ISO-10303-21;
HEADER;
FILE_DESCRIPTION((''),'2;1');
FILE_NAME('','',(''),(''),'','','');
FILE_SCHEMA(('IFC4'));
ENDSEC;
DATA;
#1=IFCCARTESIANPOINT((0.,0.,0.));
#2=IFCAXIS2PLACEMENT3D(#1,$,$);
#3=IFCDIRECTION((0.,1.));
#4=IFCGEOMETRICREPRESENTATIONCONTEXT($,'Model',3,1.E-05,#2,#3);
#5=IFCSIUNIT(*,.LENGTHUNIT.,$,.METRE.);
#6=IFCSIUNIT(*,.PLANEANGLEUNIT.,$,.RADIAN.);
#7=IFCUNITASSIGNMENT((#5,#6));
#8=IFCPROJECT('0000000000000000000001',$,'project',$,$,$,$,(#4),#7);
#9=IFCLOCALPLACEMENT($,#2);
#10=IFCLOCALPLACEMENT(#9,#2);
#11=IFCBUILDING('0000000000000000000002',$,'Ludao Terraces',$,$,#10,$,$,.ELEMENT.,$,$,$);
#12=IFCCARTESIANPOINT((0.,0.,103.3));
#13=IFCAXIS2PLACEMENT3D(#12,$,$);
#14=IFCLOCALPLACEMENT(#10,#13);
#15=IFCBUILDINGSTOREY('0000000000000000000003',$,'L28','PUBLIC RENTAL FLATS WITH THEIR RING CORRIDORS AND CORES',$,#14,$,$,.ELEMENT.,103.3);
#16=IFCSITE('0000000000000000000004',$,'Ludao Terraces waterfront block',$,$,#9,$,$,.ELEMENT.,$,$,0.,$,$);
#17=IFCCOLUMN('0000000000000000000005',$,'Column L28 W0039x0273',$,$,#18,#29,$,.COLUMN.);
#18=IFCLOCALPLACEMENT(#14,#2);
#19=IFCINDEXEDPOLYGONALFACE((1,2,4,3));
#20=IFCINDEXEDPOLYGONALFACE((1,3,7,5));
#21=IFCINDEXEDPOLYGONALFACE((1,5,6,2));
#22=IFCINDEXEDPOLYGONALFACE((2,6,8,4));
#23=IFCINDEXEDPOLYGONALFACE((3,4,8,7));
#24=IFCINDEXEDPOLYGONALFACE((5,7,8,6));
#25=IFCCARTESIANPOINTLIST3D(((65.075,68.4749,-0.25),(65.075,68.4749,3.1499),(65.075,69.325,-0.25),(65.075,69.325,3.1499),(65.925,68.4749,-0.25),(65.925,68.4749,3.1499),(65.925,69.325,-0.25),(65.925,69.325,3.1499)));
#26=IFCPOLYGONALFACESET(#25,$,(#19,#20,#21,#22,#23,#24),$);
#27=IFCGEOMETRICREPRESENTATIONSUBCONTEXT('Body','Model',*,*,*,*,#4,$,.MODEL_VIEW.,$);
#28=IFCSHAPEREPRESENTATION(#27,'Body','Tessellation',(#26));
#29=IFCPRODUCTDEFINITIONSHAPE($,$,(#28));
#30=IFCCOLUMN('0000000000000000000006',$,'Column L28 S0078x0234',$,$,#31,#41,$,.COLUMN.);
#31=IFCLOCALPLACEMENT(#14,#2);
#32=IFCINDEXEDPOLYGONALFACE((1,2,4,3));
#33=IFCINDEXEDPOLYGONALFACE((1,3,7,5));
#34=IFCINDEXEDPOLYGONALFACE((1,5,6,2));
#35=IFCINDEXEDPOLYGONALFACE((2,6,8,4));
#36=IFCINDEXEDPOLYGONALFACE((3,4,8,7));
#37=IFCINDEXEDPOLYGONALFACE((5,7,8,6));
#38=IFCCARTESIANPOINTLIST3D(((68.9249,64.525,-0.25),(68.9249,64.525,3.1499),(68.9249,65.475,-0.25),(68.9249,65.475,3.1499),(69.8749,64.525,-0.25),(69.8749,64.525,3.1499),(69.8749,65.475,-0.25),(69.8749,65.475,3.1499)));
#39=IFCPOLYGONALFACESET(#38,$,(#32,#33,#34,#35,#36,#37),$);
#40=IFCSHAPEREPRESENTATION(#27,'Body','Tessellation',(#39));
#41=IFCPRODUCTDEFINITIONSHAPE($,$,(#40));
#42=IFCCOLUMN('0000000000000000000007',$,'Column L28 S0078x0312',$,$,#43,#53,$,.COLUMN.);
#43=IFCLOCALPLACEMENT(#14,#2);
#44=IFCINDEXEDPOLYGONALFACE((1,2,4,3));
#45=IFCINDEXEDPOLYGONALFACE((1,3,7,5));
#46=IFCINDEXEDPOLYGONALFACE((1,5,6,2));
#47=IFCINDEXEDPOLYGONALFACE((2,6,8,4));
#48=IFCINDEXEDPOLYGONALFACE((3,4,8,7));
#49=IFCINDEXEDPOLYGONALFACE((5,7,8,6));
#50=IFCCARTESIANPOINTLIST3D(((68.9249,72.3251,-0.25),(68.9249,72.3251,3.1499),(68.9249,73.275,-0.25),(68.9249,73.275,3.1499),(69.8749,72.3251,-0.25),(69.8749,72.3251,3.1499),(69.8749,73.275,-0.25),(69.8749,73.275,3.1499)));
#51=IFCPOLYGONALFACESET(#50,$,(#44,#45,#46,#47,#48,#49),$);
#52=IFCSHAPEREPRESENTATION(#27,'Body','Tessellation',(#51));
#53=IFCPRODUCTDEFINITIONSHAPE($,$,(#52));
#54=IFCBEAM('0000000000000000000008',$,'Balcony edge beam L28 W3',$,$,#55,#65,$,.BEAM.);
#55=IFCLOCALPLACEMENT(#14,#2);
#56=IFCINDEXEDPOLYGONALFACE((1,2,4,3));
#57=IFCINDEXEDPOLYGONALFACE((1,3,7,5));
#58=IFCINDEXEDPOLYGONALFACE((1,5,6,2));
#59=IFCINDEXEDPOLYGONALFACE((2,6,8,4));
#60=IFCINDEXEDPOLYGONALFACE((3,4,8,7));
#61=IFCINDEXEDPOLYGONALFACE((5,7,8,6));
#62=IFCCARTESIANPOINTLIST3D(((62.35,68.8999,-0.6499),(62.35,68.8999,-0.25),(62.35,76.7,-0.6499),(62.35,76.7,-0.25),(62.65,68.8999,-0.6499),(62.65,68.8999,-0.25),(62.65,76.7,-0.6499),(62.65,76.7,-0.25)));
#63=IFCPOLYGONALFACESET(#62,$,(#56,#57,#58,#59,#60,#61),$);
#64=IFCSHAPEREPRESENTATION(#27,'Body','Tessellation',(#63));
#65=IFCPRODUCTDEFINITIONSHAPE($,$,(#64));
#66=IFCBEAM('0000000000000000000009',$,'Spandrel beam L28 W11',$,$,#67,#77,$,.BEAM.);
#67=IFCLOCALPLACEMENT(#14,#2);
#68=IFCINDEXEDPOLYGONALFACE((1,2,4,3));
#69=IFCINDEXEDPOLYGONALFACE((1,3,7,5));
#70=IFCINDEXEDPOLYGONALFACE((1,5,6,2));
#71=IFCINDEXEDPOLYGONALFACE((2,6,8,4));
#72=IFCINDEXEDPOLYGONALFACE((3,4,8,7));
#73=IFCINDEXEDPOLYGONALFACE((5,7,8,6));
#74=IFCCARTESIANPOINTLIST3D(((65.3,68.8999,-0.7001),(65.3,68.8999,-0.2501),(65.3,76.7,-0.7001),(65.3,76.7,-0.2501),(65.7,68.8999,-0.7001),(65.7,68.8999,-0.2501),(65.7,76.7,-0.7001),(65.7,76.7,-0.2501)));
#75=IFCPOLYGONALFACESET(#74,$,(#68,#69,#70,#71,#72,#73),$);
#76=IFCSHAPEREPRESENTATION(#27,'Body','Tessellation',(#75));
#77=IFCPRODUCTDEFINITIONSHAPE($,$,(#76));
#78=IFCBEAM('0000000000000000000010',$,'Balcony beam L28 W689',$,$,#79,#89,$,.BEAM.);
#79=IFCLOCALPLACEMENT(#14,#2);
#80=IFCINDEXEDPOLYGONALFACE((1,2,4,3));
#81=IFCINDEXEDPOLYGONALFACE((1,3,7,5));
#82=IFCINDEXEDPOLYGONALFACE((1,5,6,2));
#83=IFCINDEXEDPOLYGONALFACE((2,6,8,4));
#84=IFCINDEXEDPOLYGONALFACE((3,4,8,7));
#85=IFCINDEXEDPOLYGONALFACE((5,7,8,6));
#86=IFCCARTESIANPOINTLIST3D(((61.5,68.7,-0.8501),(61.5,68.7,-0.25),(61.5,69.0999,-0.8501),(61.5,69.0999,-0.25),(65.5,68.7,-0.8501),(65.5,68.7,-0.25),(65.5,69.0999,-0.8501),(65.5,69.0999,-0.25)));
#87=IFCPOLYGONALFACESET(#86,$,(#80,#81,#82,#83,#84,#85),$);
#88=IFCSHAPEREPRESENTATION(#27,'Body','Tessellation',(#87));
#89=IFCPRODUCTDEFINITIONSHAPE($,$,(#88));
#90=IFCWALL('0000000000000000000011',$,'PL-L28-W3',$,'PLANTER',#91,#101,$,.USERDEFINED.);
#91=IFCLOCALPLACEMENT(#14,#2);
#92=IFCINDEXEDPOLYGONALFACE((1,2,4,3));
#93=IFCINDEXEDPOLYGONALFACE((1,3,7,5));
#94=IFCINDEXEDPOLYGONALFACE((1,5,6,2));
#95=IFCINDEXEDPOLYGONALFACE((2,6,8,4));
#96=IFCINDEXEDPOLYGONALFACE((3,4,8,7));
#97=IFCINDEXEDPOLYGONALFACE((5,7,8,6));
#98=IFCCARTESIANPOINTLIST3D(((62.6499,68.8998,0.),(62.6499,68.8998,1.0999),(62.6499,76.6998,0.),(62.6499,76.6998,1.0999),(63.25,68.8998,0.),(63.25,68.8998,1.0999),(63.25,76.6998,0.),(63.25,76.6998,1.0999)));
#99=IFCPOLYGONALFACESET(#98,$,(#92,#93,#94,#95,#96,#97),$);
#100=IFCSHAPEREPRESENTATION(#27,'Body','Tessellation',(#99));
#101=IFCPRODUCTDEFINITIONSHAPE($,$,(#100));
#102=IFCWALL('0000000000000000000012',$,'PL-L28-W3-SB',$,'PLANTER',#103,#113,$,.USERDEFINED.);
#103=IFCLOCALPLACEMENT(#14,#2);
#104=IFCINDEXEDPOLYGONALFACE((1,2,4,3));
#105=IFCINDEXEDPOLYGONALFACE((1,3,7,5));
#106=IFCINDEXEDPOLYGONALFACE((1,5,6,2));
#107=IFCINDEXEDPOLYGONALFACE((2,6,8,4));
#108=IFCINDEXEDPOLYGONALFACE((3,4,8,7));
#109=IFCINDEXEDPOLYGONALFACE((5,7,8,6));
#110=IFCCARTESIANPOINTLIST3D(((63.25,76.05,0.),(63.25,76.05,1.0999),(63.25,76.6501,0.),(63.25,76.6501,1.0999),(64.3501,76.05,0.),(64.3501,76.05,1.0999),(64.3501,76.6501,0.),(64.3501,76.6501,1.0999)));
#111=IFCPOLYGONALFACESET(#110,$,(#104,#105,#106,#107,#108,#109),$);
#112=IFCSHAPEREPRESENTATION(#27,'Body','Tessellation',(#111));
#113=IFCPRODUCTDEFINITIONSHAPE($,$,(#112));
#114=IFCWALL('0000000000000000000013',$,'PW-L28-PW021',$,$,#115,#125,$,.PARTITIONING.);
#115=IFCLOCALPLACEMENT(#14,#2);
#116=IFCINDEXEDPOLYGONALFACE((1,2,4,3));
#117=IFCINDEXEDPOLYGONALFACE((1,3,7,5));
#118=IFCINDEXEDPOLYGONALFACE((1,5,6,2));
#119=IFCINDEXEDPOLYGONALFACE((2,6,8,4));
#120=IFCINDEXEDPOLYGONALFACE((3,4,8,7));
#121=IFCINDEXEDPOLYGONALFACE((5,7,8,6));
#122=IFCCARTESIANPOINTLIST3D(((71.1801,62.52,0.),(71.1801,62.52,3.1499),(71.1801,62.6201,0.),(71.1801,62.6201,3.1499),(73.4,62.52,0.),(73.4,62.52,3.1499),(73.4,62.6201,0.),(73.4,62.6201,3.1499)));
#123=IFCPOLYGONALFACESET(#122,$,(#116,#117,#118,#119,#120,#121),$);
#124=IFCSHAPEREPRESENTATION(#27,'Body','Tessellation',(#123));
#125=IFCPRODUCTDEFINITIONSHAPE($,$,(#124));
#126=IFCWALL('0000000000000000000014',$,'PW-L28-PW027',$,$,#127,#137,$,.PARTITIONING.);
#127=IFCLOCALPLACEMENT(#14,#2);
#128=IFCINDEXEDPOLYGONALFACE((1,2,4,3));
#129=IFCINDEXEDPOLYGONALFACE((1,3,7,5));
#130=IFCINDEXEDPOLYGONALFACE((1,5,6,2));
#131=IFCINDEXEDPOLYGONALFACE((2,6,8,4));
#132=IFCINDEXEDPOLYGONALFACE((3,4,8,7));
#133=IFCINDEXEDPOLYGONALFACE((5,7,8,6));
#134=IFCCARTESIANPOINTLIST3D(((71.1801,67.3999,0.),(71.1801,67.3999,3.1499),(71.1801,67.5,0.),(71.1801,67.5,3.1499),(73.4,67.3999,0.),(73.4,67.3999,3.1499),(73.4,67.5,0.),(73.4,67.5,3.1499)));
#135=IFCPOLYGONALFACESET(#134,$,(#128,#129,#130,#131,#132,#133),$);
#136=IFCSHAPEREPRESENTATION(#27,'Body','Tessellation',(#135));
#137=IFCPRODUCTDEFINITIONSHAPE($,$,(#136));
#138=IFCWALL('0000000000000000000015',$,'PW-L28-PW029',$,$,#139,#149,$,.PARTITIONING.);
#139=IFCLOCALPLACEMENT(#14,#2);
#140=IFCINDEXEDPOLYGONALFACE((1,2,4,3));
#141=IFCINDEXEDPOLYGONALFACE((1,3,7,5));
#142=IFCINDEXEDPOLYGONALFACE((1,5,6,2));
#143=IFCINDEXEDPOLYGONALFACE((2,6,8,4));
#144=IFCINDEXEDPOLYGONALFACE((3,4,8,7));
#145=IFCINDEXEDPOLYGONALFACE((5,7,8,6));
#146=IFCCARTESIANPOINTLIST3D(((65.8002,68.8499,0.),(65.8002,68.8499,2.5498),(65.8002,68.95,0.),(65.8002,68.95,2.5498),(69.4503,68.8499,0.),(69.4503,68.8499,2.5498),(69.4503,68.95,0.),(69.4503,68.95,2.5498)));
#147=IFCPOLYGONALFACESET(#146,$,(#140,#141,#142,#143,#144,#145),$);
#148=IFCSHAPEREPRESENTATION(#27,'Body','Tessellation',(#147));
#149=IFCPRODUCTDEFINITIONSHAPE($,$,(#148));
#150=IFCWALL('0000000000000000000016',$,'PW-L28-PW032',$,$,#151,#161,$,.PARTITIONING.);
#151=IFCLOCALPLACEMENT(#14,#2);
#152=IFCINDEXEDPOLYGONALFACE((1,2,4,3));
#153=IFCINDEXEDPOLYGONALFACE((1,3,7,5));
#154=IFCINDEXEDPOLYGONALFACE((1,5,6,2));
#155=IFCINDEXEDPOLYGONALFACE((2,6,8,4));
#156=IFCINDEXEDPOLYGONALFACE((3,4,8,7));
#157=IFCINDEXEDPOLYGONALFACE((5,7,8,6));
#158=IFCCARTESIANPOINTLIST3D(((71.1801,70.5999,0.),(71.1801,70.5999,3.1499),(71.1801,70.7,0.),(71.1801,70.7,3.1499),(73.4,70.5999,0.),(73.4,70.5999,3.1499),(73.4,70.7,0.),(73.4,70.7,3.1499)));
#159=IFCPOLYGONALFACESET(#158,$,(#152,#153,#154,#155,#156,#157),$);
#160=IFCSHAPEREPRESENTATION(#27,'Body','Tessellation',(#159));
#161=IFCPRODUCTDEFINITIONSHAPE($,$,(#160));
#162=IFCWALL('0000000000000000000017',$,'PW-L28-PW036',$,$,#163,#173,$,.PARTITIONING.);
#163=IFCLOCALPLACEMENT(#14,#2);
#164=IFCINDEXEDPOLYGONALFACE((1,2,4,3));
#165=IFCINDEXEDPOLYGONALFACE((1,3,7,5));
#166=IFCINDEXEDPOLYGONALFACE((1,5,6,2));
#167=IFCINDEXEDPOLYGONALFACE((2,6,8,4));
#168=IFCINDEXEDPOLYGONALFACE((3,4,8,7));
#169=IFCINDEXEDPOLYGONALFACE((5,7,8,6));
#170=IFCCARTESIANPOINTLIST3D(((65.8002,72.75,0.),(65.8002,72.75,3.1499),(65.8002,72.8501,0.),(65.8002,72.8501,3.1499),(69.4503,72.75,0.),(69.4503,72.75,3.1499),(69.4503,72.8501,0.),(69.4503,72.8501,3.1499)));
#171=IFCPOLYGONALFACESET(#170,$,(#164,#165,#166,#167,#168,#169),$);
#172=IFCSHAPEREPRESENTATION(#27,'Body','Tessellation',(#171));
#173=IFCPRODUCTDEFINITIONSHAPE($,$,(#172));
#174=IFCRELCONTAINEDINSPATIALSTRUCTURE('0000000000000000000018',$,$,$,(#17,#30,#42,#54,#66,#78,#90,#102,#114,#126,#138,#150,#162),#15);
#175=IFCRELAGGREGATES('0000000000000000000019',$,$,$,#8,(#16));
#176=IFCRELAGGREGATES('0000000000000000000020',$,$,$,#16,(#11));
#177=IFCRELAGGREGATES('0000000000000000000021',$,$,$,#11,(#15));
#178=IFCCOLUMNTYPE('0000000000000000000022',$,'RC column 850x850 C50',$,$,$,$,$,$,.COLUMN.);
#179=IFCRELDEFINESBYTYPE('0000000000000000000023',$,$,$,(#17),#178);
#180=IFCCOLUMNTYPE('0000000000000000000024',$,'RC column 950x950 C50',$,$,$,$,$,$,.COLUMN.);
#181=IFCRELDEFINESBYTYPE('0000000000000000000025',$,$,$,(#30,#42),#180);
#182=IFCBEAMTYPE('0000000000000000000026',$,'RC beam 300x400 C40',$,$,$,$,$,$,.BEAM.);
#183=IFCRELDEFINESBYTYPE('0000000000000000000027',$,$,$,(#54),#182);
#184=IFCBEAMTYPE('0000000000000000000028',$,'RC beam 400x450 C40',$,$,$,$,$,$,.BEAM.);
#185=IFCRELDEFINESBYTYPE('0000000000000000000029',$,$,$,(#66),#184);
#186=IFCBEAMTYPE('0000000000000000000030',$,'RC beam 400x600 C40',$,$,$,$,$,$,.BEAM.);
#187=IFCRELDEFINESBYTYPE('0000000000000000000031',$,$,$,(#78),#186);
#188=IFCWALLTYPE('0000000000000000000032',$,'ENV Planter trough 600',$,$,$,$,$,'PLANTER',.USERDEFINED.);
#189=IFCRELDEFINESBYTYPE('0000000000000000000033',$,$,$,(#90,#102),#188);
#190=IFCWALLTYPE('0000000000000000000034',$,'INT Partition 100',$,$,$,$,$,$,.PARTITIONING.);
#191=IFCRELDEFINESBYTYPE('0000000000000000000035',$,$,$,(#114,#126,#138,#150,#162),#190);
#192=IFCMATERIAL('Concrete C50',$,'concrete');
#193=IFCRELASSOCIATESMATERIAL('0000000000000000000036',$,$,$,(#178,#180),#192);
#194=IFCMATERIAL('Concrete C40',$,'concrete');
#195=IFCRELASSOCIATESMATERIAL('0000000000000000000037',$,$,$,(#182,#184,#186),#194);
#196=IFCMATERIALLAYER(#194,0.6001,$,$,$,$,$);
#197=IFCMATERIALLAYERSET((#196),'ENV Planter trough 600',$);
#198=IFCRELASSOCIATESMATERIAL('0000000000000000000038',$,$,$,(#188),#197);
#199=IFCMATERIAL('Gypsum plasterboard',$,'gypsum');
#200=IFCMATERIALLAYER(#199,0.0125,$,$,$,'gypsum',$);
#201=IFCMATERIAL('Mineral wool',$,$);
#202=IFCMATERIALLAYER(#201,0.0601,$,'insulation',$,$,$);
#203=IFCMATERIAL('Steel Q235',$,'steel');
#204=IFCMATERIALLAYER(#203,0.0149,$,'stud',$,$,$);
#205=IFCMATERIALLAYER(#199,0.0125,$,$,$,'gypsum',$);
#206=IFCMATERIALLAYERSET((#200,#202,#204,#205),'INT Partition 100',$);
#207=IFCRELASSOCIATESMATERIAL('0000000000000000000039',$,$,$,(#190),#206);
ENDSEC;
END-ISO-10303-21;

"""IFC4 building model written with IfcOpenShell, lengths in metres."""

from ifc_helpers import new_model, si_unit, direction, frame, frame_2d, origin, origin_2d, place, context, subcontext, project, spatial, rectangle, extrude, material, layer, layer_set, material_profile, profile_set, type_object, element, save


model = new_model("IFC4")

# Units and contexts
model_context = context("Model", 3, precision=1e-05, world=origin(), true_north=direction((0.0, 1.0)))
body_context = subcontext(model_context, "Body", "Model", "MODEL_VIEW")
ifc_project = project(units=[si_unit("LENGTHUNIT", "METRE"), si_unit("PLANEANGLEUNIT", "RADIAN")], contexts=[model_context])

# Site, building, storey
site_placement = place(None, origin())
site = spatial("IfcSite", under=ifc_project, at=site_placement, Name="Ludao Terraces waterfront block", CompositionType="ELEMENT", RefElevation=0.0)
building_placement = place(site_placement, origin())
building = spatial("IfcBuilding", under=site, at=building_placement, Name="Ludao Terraces", CompositionType="ELEMENT")
storey_placement = place(building_placement, frame((0.0, 0.0, 103.3)))
storey = spatial("IfcBuildingStorey", under=building, at=storey_placement, Name="L28", Description="PUBLIC RENTAL FLATS WITH THEIR RING CORRIDORS AND CORES", CompositionType="ELEMENT", Elevation=103.3)

# Columns
ifc_material_1 = material(Name="Concrete C50", Category="concrete")
ifc_material_profile_1 = material_profile(ifc_material_1, rectangle(XDim=0.8501, YDim=0.8501, at=origin_2d()), Name="850 X 850")
ifc_profile_set_1 = profile_set([ifc_material_profile_1], Name="Concrete C50")
column_type_1 = type_object("IfcColumnType", Name="RC column 850x850 C50", PredefinedType="COLUMN", material=ifc_profile_set_1)
column_placement = place(storey_placement, frame((65.5, 68.8999, -0.25), z_axis=(0.0, 0.0, 1.0), x_axis=(1.0, 0.0, 0.0)))
element("IfcColumn", 1, at=column_placement, inside=storey, type_object=column_type_1, Name="Column L28 W0039x0273", PredefinedType="COLUMN", context=body_context, shape_type="SweptSolid", body=[
    extrude(rectangle(XDim=0.8501, YDim=0.8501, at=origin_2d()), origin(), (0.0, 0.0, 1.0), 3.3999),
])
ifc_material_profile_2 = material_profile(ifc_material_1, rectangle(XDim=0.95, YDim=0.95, at=origin_2d()), Name="950 X 950")
ifc_profile_set_2 = profile_set([ifc_material_profile_2], Name="Concrete C50")
column_type_2 = type_object("IfcColumnType", Name="RC column 950x950 C50", PredefinedType="COLUMN", material=ifc_profile_set_2)
for number, where, z_axis, x_axis, name in (
    (2, (69.3999, 65.0, -0.25), (0.0, 0.0, 1.0), (1.0, 0.0, 0.0), "Column L28 S0078x0234"),
    (3, (69.3999, 72.8, -0.25), (0.0, 0.0, 1.0), (1.0, 0.0, 0.0), "Column L28 S0078x0312"),
):
    element("IfcColumn", number, at=place(storey_placement, frame(where, z_axis=z_axis, x_axis=x_axis)), inside=storey, type_object=column_type_2, Name=name, PredefinedType="COLUMN", context=body_context, shape_type="SweptSolid", body=[
        extrude(rectangle(XDim=0.95, YDim=0.95, at=origin_2d()), origin(), (0.0, 0.0, 1.0), 3.3999),
    ])

# Beams
ifc_material_2 = material(Name="Concrete C40", Category="concrete")
ifc_material_profile_3 = material_profile(ifc_material_2, rectangle(XDim=0.3, YDim=0.3999, at=origin_2d()), Name="300 X 400")
ifc_profile_set_3 = profile_set([ifc_material_profile_3], Name="Concrete C40")
beam_type_1 = type_object("IfcBeamType", Name="RC beam 300x400 C40", PredefinedType="BEAM", material=ifc_profile_set_3)
beam_1_placement = place(storey_placement, frame((62.5, 68.8999, -0.45), z_axis=(0.0, 1.0, 0.0), x_axis=(-1.0, 0.0, 0.0)))
element("IfcBeam", 4, at=beam_1_placement, inside=storey, type_object=beam_type_1, Name="Balcony edge beam L28 W3", PredefinedType="BEAM", context=body_context, shape_type="SweptSolid", body=[
    extrude(rectangle(XDim=0.3, YDim=0.3999, at=origin_2d()), origin(), (0.0, 0.0, 1.0), 7.8),
])
ifc_material_profile_4 = material_profile(ifc_material_2, rectangle(XDim=0.3999, YDim=0.45, at=origin_2d()), Name="400 X 450")
ifc_profile_set_4 = profile_set([ifc_material_profile_4], Name="Concrete C40")
beam_type_2 = type_object("IfcBeamType", Name="RC beam 400x450 C40", PredefinedType="BEAM", material=ifc_profile_set_4)
beam_2_placement = place(storey_placement, frame((65.5, 68.8999, -0.4751), z_axis=(0.0, 1.0, 0.0), x_axis=(-1.0, 0.0, 0.0)))
element("IfcBeam", 5, at=beam_2_placement, inside=storey, type_object=beam_type_2, Name="Spandrel beam L28 W11", PredefinedType="BEAM", context=body_context, shape_type="SweptSolid", body=[
    extrude(rectangle(XDim=0.3999, YDim=0.45, at=origin_2d()), origin(), (0.0, 0.0, 1.0), 7.8),
])
ifc_material_profile_5 = material_profile(ifc_material_2, rectangle(XDim=0.3999, YDim=0.6001, at=origin_2d()), Name="400 X 600")
ifc_profile_set_5 = profile_set([ifc_material_profile_5], Name="Concrete C40")
beam_type_3 = type_object("IfcBeamType", Name="RC beam 400x600 C40", PredefinedType="BEAM", material=ifc_profile_set_5)
beam_3_placement = place(storey_placement, frame((65.5, 68.8999, -0.55), z_axis=(-1.0, 0.0, 0.0), x_axis=(0.0, -1.0, 0.0)))
element("IfcBeam", 6, at=beam_3_placement, inside=storey, type_object=beam_type_3, Name="Balcony beam L28 W689", PredefinedType="BEAM", context=body_context, shape_type="SweptSolid", body=[
    extrude(rectangle(XDim=0.3999, YDim=0.6001, at=origin_2d()), origin(), (0.0, 0.0, 1.0), 4.0),
])

# Walls
ifc_layer_1 = layer(ifc_material_2, 0.6001)
ifc_layer_set_1 = layer_set([ifc_layer_1], Name="ENV Planter trough 600")
wall_type_1 = type_object("IfcWallType", Name="ENV Planter trough 600", ElementType="PLANTER", PredefinedType="USERDEFINED", material=ifc_layer_set_1)
wall_1_placement = place(storey_placement, frame((62.95, 68.8999, 0.0), z_axis=(0.0, 0.0, 1.0), x_axis=(0.0, 1.0, 0.0)))
element("IfcWall", 7, at=wall_1_placement, inside=storey, type_object=wall_type_1, Name="PL-L28-W3", ObjectType="PLANTER", PredefinedType="USERDEFINED", context=body_context, shape_type="SweptSolid", body=[
    extrude(rectangle(XDim=7.8, YDim=0.6001, at=frame_2d((3.8999, 0.0))), origin(), (0.0, 0.0, 1.0), 1.0999),
])
wall_2_placement = place(storey_placement, frame((63.25, 76.3501, 0.0), z_axis=(0.0, 0.0, 1.0), x_axis=(1.0, 0.0, 0.0)))
element("IfcWall", 8, at=wall_2_placement, inside=storey, type_object=wall_type_1, Name="PL-L28-W3-SB", ObjectType="PLANTER", PredefinedType="USERDEFINED", context=body_context, shape_type="SweptSolid", body=[
    extrude(rectangle(XDim=1.1001, YDim=0.6001, at=frame_2d((0.55, 0.0))), origin(), (0.0, 0.0, 1.0), 1.0999),
])

# Shared definitions
ifc_material_3 = material(Name="Mineral wool")

# Walls
ifc_material_4 = material(Name="Gypsum plasterboard", Category="gypsum")
ifc_layer_2 = layer(ifc_material_4, 0.0125, Category="gypsum")
ifc_layer_3 = layer(ifc_material_3, 0.0601, Name="insulation")
ifc_material_5 = material(Name="Steel Q235", Category="steel")
ifc_layer_4 = layer(ifc_material_5, 0.0149, Name="stud")
ifc_layer_5 = layer(ifc_material_4, 0.0125, Category="gypsum")
ifc_layer_set_2 = layer_set([ifc_layer_2, ifc_layer_3, ifc_layer_4, ifc_layer_5], Name="INT Partition 100")
wall_type_2 = type_object("IfcWallType", Name="INT Partition 100", PredefinedType="PARTITIONING", material=ifc_layer_set_2)
for number, where, z_axis, x_axis, name in (
    (9, (71.1802, 62.5701, 0.0), (0.0, 0.0, 1.0), (1.0, 0.0, 0.0), "PW-L28-PW021"),
    (10, (71.1802, 67.45, 0.0), (0.0, 0.0, 1.0), (1.0, 0.0, 0.0), "PW-L28-PW027"),
):
    element("IfcWall", number, at=place(storey_placement, frame(where, z_axis=z_axis, x_axis=x_axis)), inside=storey, type_object=wall_type_2, Name=name, PredefinedType="PARTITIONING", context=body_context, shape_type="SweptSolid", body=[
        extrude(rectangle(XDim=2.22, YDim=0.1001, at=frame_2d((1.1099, 0.0))), origin(), (0.0, 0.0, 1.0), 3.1499),
    ])
wall_3_placement = place(storey_placement, frame((65.8, 68.8999, 0.0), z_axis=(0.0, 0.0, 1.0), x_axis=(1.0, 0.0, 0.0)))
element("IfcWall", 11, at=wall_3_placement, inside=storey, type_object=wall_type_2, Name="PW-L28-PW029", PredefinedType="PARTITIONING", context=body_context, shape_type="SweptSolid", body=[
    extrude(rectangle(XDim=3.6501, YDim=0.1001, at=frame_2d((1.8252, 0.0))), origin(), (0.0, 0.0, 1.0), 2.5498),
])
wall_4_placement = place(storey_placement, frame((71.1802, 70.6499, 0.0), z_axis=(0.0, 0.0, 1.0), x_axis=(1.0, 0.0, 0.0)))
element("IfcWall", 12, at=wall_4_placement, inside=storey, type_object=wall_type_2, Name="PW-L28-PW032", PredefinedType="PARTITIONING", context=body_context, shape_type="SweptSolid", body=[
    extrude(rectangle(XDim=2.22, YDim=0.1001, at=frame_2d((1.1099, 0.0))), origin(), (0.0, 0.0, 1.0), 3.1499),
])
wall_5_placement = place(storey_placement, frame((65.8, 72.8, 0.0), z_axis=(0.0, 0.0, 1.0), x_axis=(1.0, 0.0, 0.0)))
element("IfcWall", 13, at=wall_5_placement, inside=storey, type_object=wall_type_2, Name="PW-L28-PW036", PredefinedType="PARTITIONING", context=body_context, shape_type="SweptSolid", body=[
    extrude(rectangle(XDim=3.6501, YDim=0.1001, at=frame_2d((1.8252, 0.0))), origin(), (0.0, 0.0, 1.0), 3.1499),
])

save(model, "model.ifc")
